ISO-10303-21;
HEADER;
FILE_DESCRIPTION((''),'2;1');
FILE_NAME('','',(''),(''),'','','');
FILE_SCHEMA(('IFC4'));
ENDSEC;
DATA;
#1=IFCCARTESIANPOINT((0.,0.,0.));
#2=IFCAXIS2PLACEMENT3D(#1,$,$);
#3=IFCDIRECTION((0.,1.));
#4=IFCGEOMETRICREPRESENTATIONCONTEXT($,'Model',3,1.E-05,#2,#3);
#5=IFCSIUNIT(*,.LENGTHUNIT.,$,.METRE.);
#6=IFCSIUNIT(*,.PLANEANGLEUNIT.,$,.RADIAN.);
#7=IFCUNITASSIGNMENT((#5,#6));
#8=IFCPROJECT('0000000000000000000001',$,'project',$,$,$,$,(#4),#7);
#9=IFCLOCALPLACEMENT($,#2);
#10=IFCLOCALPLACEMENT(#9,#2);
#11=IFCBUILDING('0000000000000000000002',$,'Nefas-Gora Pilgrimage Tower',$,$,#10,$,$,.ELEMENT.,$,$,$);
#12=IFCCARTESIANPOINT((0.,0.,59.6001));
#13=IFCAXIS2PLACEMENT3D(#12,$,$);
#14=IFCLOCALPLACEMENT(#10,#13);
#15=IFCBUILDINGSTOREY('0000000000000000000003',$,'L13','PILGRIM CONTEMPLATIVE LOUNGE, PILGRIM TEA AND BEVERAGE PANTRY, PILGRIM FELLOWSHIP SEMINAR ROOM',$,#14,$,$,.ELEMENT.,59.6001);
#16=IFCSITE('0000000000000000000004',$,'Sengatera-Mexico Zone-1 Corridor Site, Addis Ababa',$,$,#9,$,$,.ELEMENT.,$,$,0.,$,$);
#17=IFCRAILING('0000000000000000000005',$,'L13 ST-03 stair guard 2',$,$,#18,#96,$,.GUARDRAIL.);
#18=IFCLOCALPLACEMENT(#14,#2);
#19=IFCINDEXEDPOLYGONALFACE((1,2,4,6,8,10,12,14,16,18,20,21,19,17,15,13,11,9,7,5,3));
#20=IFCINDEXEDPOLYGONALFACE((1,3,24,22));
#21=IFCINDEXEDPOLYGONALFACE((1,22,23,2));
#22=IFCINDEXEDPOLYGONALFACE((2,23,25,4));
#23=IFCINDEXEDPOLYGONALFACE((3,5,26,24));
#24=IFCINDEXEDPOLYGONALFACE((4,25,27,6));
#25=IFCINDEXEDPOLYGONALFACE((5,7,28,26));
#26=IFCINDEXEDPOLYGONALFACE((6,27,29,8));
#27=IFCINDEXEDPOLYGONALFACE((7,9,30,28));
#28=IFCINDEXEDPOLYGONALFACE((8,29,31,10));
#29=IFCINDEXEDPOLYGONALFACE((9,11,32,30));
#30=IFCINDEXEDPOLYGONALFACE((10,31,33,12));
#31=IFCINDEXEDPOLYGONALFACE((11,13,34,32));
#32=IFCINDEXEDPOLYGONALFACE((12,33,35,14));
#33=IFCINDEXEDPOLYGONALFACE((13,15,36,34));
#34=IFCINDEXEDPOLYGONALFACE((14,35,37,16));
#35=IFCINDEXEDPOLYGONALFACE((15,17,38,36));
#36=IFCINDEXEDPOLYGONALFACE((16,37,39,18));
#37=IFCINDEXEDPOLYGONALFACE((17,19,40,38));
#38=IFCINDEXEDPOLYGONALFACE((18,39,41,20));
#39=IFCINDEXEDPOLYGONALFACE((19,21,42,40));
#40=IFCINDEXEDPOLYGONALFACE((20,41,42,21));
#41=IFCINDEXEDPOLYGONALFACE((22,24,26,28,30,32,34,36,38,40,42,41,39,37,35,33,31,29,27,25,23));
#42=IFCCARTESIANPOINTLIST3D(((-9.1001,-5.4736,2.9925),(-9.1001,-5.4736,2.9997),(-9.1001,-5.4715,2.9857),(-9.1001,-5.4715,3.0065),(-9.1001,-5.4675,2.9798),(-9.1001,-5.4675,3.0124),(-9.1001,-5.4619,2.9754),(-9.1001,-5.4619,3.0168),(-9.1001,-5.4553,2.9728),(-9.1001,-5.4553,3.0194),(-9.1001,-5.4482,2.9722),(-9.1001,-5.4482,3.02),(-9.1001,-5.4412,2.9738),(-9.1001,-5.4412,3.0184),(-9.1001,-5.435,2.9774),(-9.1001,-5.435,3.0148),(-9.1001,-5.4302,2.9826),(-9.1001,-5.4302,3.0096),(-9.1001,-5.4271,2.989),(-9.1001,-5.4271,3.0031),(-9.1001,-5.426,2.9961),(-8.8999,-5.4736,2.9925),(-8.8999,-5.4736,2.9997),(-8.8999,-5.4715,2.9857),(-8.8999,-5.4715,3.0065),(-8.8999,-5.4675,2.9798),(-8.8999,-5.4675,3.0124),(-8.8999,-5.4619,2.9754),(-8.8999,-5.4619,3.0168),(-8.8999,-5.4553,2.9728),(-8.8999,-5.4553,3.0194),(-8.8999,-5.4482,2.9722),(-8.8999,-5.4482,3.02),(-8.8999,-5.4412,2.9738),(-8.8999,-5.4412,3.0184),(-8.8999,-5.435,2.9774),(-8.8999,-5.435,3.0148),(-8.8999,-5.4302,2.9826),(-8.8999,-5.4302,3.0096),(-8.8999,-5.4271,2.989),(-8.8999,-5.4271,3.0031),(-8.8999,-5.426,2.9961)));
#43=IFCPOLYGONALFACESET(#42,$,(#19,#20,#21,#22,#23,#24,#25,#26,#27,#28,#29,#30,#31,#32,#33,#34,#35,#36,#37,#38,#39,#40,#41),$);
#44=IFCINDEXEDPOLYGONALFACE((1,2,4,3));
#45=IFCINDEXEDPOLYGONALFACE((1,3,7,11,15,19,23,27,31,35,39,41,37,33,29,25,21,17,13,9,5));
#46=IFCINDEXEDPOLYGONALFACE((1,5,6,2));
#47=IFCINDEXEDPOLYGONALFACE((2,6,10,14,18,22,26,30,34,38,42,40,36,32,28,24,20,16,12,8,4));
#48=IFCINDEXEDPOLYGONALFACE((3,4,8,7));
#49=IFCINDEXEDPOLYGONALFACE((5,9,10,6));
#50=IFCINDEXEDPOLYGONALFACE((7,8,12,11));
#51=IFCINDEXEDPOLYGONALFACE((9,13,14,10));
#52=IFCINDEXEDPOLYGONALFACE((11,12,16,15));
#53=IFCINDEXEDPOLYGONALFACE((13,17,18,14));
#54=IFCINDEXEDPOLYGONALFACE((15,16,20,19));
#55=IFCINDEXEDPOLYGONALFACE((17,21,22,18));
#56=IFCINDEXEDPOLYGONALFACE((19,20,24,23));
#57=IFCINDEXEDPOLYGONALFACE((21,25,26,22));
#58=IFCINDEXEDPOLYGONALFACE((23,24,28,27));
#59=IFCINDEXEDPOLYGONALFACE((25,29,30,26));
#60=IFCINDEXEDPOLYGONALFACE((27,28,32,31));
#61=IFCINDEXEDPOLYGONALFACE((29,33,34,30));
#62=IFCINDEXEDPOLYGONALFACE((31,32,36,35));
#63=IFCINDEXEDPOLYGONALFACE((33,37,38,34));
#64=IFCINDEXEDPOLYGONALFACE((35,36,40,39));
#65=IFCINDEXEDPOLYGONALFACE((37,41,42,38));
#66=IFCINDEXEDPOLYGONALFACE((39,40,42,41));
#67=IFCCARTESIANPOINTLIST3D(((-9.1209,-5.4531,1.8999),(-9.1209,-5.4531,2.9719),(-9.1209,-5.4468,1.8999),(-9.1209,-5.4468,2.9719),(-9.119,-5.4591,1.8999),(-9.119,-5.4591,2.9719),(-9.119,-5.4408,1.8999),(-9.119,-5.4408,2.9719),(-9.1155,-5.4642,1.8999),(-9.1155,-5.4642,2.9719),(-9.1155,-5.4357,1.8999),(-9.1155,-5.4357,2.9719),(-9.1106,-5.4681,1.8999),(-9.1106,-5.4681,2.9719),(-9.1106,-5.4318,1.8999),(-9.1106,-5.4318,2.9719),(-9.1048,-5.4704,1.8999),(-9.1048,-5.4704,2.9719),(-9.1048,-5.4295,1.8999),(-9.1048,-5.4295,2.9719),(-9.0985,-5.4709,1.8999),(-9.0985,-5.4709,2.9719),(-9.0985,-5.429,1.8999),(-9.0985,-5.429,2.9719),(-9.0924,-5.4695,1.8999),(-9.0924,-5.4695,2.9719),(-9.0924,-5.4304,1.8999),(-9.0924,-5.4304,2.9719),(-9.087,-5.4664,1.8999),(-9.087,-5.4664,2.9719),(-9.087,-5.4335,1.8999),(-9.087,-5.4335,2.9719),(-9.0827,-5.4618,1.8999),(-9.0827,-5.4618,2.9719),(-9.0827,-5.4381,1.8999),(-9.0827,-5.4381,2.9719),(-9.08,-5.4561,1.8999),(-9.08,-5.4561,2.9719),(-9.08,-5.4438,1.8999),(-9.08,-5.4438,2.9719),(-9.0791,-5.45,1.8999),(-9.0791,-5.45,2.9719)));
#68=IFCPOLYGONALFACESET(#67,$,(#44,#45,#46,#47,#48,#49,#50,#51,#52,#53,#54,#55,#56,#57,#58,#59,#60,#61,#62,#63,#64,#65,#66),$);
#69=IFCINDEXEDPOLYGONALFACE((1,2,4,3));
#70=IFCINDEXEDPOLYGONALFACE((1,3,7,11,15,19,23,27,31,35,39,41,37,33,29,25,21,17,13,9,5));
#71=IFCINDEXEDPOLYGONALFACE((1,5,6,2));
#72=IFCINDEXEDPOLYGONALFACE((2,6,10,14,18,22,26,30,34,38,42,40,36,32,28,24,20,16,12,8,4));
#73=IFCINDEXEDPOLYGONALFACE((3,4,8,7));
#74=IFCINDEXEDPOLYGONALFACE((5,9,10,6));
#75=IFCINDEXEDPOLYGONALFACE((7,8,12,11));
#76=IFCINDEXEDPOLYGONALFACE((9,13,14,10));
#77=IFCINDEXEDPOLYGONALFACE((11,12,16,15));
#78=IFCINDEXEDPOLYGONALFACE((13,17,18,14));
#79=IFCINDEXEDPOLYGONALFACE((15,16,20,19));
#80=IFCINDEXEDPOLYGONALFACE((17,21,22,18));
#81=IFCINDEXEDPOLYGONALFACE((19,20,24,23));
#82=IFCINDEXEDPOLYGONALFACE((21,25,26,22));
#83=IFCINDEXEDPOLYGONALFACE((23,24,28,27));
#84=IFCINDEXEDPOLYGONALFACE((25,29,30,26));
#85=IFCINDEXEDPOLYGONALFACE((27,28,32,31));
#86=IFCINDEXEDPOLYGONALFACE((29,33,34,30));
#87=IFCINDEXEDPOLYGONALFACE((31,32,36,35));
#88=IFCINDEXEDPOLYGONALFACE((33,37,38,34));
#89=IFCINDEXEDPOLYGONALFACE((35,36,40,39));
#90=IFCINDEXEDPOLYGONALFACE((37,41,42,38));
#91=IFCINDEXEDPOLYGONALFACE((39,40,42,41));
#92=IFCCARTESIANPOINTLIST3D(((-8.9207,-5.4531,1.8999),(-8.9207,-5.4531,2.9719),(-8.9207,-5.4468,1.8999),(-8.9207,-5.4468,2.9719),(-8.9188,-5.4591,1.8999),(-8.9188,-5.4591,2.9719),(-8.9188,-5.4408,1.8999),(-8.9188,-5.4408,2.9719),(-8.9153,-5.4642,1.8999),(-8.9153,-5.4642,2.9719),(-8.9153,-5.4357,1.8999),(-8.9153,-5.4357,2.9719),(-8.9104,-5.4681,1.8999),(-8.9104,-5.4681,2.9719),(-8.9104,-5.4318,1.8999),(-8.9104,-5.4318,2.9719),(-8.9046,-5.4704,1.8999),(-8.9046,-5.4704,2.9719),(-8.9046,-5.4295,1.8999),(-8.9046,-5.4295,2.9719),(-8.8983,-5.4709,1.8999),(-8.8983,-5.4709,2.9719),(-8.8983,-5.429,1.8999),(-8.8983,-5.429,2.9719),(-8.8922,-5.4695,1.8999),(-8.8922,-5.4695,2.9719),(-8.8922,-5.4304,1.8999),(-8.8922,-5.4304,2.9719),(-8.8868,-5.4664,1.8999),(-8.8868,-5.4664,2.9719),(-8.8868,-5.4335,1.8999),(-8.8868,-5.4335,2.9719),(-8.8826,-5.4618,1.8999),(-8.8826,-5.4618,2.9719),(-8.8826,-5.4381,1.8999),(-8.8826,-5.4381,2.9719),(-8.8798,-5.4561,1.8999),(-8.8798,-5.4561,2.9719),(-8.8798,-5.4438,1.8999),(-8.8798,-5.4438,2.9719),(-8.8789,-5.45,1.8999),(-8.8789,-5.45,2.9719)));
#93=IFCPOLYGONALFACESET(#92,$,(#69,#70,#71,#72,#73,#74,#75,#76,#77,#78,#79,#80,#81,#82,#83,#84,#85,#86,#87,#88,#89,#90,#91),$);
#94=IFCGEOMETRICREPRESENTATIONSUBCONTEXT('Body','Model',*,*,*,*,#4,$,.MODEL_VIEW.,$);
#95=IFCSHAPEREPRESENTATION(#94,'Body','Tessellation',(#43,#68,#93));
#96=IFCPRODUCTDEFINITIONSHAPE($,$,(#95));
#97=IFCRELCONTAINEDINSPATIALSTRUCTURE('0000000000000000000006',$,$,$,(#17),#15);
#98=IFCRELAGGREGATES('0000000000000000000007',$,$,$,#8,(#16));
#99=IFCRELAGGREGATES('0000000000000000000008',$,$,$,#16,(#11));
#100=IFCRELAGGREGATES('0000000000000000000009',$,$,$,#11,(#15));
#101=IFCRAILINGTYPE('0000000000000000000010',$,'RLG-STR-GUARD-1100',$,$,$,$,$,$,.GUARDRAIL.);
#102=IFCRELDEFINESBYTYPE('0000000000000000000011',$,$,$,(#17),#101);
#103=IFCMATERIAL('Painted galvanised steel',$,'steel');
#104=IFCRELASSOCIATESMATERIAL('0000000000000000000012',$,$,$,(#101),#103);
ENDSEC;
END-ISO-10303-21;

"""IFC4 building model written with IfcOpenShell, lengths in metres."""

from ifc_helpers import new_model, si_unit, direction, frame, origin, origin_2d, place, context, subcontext, project, spatial, circle, extrude, material, type_object, element, save


model = new_model("IFC4")

# Units and contexts
model_context = context("Model", 3, precision=1e-05, world=origin(), true_north=direction((0.0, 1.0)))
body_context = subcontext(model_context, "Body", "Model", "MODEL_VIEW")
ifc_project = project(units=[si_unit("LENGTHUNIT", "METRE"), si_unit("PLANEANGLEUNIT", "RADIAN")], contexts=[model_context])

# Site, building, storey
site_placement = place(None, origin())
site = spatial("IfcSite", under=ifc_project, at=site_placement, Name="Sengatera-Mexico Zone-1 Corridor Site, Addis Ababa", CompositionType="ELEMENT", RefElevation=0.0)
building_placement = place(site_placement, origin())
building = spatial("IfcBuilding", under=site, at=building_placement, Name="Nefas-Gora Pilgrimage Tower", CompositionType="ELEMENT")
storey_placement = place(building_placement, frame((0.0, 0.0, 59.6001)))
storey = spatial("IfcBuildingStorey", under=building, at=storey_placement, Name="L13", Description="PILGRIM CONTEMPLATIVE LOUNGE, PILGRIM TEA AND BEVERAGE PANTRY, PILGRIM FELLOWSHIP SEMINAR ROOM", CompositionType="ELEMENT", Elevation=59.6001)

# Railing
ifc_material_1 = material(Name="Painted galvanised steel", Category="steel")
railing_type_1 = type_object("IfcRailingType", Name="RLG-STR-GUARD-1100", PredefinedType="GUARDRAIL", material=ifc_material_1)
railing_1_placement = place(storey_placement, frame((-9.1001, -5.45, 1.8999)))
element("IfcRailing", 1, at=railing_1_placement, inside=storey, type_object=railing_type_1, Name="L13 ST-03 stair guard 2", PredefinedType="GUARDRAIL", context=body_context, shape_type="SweptSolid", body=[
    extrude(circle(Radius=0.0239, at=origin_2d()), frame((0.0, 0.0, 1.0962), z_axis=(1.0, 0.0, 0.0), x_axis=(0.0, 1.0, 0.0)), (0.0, 0.0, 1.0), 0.2002),
    extrude(circle(Radius=0.021, at=origin_2d()), origin(), (0.0, 0.0, 1.0), 1.072),
    extrude(circle(Radius=0.021, at=origin_2d()), frame((0.2002, 0.0, 0.0)), (0.0, 0.0, 1.0), 1.072),
])

save(model, "model.ifc")
